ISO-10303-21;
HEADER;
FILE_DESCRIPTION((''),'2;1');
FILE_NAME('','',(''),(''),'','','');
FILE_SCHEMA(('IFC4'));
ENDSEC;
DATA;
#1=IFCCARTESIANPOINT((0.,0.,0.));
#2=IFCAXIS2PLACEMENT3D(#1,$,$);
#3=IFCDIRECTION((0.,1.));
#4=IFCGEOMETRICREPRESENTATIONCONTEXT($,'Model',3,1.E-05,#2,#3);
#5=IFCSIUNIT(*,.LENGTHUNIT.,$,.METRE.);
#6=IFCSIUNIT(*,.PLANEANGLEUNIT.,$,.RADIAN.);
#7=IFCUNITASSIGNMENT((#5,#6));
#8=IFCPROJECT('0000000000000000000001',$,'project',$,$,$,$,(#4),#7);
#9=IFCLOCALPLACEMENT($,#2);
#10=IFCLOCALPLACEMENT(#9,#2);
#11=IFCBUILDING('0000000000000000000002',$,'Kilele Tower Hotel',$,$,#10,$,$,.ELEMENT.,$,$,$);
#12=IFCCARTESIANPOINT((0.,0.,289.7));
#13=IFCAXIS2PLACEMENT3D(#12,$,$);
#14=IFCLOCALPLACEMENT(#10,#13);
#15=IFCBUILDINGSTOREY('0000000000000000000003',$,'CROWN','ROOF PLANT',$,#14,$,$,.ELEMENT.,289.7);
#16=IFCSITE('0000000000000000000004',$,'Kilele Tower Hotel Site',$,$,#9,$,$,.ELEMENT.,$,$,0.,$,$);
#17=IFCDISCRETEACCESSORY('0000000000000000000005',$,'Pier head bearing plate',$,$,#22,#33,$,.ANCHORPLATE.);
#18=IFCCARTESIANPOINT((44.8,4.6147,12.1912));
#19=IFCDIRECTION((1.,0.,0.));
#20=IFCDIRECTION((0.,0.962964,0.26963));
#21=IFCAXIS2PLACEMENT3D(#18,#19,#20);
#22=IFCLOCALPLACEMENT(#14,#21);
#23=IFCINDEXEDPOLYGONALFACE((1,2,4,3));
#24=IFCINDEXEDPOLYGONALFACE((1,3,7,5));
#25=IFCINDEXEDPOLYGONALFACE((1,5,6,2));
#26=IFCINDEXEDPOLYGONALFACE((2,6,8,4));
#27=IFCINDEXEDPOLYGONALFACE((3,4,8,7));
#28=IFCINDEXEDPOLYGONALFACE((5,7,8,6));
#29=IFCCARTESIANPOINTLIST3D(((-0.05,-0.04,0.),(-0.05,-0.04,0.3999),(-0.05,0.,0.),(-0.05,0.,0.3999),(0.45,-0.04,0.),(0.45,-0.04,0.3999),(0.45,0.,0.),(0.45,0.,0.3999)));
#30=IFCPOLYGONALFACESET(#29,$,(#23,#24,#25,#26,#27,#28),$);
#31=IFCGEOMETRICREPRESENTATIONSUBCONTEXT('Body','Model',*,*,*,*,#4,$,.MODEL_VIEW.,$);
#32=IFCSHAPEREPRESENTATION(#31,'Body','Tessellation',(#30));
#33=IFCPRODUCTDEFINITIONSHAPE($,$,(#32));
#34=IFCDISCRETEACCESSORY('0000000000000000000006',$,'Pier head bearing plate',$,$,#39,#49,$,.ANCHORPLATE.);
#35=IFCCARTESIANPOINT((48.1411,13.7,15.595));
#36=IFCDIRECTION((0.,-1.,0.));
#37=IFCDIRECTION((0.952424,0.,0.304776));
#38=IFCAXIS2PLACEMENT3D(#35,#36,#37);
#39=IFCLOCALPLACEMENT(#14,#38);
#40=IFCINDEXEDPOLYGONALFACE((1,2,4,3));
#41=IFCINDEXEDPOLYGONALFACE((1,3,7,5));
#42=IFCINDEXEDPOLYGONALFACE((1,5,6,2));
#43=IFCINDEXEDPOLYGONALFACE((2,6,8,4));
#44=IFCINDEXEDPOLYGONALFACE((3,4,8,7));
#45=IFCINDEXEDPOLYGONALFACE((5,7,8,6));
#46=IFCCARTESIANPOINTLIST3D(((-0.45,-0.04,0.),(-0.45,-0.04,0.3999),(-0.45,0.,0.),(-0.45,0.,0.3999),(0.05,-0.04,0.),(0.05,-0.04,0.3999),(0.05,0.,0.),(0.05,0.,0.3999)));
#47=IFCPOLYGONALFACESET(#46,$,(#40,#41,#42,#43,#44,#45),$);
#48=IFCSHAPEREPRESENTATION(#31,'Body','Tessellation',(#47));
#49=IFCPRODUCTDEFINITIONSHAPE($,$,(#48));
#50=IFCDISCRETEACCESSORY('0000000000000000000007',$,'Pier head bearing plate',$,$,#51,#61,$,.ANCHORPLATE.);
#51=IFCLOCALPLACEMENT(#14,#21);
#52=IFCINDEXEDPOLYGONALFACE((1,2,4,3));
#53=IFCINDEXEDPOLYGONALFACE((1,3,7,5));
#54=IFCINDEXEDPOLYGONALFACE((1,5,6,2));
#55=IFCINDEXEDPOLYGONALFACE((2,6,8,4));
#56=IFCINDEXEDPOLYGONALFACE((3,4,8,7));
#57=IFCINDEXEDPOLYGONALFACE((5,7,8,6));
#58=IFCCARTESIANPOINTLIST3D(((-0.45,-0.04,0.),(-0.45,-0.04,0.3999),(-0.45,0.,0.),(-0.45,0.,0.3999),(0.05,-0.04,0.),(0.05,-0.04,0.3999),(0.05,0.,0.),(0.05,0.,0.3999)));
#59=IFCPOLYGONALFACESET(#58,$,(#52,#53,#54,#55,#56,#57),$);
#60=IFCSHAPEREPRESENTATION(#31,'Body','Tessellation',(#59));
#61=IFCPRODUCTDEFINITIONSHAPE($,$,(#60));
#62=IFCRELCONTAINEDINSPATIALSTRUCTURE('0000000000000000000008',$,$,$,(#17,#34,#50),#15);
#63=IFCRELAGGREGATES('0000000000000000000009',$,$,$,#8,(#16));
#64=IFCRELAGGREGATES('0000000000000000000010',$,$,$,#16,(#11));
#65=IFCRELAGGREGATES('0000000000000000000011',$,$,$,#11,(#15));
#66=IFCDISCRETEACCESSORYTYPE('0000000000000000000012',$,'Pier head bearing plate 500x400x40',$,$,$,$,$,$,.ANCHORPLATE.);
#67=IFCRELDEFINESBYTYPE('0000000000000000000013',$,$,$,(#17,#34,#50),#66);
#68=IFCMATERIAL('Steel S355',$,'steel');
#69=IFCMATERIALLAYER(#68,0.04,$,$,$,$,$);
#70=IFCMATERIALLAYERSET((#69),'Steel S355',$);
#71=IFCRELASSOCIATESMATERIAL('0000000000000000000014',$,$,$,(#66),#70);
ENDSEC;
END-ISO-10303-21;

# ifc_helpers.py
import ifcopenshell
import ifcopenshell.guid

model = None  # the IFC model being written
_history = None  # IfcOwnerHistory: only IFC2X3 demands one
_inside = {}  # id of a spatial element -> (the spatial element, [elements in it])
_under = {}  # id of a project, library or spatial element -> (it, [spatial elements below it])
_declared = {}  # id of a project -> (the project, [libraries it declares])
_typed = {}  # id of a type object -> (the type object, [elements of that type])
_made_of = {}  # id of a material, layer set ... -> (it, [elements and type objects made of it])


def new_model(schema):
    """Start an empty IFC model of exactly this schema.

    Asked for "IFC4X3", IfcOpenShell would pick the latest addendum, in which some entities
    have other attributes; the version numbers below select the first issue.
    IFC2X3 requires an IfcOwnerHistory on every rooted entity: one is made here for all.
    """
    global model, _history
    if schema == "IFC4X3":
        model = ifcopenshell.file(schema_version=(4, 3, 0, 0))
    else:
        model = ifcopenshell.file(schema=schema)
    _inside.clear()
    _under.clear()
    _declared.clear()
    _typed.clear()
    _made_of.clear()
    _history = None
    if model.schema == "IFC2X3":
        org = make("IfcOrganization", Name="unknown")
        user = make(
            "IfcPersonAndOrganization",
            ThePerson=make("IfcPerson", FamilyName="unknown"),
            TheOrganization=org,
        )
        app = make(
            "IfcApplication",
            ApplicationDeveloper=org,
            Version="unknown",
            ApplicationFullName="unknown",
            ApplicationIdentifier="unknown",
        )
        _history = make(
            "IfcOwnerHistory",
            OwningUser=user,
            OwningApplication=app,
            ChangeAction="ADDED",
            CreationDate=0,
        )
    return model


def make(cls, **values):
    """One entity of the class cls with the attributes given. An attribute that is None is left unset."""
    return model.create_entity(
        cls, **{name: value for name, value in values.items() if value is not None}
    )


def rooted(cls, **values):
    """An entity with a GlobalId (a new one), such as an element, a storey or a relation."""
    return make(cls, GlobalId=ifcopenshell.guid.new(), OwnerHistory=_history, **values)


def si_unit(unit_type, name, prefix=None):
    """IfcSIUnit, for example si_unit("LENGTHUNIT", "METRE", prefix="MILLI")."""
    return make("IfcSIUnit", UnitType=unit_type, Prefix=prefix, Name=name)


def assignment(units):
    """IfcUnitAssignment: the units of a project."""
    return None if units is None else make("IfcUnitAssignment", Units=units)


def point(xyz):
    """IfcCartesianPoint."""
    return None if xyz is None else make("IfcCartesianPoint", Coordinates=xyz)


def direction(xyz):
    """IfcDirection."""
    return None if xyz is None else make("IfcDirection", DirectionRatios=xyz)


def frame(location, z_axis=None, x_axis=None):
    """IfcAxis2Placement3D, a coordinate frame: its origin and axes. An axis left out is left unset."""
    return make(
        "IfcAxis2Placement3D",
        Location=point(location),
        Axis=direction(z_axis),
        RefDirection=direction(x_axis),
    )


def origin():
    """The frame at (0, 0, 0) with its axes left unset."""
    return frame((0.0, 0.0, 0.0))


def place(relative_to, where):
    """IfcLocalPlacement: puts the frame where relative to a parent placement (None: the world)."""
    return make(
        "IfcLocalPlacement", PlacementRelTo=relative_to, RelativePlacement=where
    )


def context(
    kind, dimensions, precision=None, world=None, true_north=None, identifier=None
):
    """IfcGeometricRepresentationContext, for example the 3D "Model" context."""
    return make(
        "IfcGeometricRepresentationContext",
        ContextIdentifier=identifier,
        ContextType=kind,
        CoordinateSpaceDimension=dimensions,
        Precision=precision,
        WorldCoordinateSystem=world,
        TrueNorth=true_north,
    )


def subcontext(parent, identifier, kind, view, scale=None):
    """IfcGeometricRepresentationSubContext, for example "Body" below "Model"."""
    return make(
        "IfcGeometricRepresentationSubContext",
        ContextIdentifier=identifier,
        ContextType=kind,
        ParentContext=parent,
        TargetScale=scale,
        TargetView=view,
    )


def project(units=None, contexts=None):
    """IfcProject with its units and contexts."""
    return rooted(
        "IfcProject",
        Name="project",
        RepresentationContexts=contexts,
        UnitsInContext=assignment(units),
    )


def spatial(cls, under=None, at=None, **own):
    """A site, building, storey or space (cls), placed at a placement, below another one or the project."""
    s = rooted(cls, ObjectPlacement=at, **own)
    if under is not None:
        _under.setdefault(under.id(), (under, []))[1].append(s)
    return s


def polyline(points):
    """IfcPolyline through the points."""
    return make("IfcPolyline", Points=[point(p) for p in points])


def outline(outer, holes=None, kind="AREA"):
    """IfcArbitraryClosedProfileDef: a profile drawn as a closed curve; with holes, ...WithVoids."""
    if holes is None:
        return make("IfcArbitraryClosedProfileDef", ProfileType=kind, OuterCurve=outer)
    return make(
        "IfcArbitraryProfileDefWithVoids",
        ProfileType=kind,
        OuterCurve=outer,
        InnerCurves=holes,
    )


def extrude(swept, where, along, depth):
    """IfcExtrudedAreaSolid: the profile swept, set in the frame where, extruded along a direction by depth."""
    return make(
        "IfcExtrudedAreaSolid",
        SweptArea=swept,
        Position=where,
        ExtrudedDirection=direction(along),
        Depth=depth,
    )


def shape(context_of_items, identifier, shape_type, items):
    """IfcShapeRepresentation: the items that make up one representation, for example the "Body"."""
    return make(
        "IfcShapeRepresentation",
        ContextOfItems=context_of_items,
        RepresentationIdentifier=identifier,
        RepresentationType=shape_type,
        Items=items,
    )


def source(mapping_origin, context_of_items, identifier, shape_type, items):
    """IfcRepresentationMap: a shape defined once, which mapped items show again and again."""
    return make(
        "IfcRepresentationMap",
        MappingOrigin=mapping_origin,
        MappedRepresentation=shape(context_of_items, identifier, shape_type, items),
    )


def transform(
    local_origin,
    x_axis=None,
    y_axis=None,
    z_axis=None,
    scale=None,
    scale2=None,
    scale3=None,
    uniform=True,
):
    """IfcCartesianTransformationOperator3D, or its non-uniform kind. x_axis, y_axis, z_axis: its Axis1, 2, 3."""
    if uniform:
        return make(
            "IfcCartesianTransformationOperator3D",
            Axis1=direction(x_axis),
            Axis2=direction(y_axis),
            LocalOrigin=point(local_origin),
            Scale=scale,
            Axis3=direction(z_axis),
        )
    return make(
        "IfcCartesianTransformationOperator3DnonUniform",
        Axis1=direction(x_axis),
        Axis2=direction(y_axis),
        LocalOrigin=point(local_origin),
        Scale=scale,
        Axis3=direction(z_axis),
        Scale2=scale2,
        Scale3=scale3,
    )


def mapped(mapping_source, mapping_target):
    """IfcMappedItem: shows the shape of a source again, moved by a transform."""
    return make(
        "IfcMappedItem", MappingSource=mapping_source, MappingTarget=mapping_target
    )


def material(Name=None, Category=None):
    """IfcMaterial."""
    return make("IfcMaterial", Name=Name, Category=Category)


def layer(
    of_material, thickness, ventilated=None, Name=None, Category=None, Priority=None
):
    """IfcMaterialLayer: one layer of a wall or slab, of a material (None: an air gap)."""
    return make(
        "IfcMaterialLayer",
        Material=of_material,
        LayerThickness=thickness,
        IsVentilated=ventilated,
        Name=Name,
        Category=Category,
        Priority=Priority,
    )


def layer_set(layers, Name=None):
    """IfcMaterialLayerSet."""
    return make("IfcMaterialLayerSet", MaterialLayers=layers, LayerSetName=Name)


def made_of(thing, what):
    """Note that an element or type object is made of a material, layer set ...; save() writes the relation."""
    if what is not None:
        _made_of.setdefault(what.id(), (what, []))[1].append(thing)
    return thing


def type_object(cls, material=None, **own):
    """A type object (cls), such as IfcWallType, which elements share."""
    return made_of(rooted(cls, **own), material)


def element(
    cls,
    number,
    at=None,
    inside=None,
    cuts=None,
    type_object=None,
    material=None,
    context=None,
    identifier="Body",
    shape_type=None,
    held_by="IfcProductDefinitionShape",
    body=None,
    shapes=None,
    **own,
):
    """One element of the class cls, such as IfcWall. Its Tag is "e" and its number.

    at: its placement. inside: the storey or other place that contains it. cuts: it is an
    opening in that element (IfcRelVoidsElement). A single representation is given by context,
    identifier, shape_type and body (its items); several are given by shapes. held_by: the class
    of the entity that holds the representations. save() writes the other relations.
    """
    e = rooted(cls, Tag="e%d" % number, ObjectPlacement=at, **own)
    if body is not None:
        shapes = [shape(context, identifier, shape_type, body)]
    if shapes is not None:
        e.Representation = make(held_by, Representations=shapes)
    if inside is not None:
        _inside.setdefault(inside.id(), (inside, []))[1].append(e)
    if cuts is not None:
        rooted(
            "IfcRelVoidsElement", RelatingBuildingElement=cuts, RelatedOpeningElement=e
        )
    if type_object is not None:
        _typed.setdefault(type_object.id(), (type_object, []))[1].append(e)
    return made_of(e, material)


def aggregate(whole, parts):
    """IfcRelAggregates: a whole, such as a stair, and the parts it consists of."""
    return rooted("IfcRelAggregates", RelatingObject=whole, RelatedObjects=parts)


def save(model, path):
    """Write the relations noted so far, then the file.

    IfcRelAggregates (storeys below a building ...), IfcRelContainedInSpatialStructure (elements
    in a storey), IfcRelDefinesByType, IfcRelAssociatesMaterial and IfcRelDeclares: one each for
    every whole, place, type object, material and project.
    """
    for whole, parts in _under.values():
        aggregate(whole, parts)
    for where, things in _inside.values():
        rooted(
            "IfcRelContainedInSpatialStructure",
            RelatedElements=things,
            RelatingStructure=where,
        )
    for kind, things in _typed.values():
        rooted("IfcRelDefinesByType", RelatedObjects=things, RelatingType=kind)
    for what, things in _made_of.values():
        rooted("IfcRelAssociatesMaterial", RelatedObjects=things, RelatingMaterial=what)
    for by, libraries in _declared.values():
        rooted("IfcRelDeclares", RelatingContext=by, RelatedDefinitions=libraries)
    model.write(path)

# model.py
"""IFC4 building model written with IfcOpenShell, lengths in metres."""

from ifc_helpers import new_model, si_unit, direction, frame, origin, place, context, subcontext, project, spatial, polyline, outline, extrude, source, transform, mapped, material, layer, layer_set, type_object, element, save


model = new_model("IFC4")

# Units and contexts
model_context = context("Model", 3, precision=1e-05, world=origin(), true_north=direction((0.0, 1.0)))
body_context = subcontext(model_context, "Body", "Model", "MODEL_VIEW")
ifc_project = project(units=[si_unit("LENGTHUNIT", "METRE"), si_unit("PLANEANGLEUNIT", "RADIAN")], contexts=[model_context])

# Site, building, storey
site_placement = place(None, origin())
site = spatial("IfcSite", under=ifc_project, at=site_placement, Name="Kilele Tower Hotel Site", CompositionType="ELEMENT", RefElevation=0.0)
building_placement = place(site_placement, origin())
building = spatial("IfcBuilding", under=site, at=building_placement, Name="Kilele Tower Hotel", CompositionType="ELEMENT")
storey_placement = place(building_placement, frame((0.0, 0.0, 289.7)))
storey = spatial("IfcBuildingStorey", under=building, at=storey_placement, Name="CROWN", Description="ROOF PLANT", CompositionType="ELEMENT", Elevation=289.7)

# Discrete accessories
ifc_material_1 = material(Name="Steel S355", Category="steel")
ifc_layer = layer(ifc_material_1, 0.04)
ifc_layer_set = layer_set([ifc_layer], Name="Steel S355")
discrete_accessory_type = type_object("IfcDiscreteAccessoryType", Name="Pier head bearing plate 500x400x40", PredefinedType="ANCHORPLATE", material=ifc_layer_set)
shared_shape_1 = source(origin(), body_context, "Body", "SweptSolid", [
    extrude(outline(polyline([(-0.05, -0.04), (0.45, -0.04), (0.45, 0.0), (-0.05, 0.0), (-0.05, -0.04)])), origin(), (0.0, 0.0, 1.0), 0.3999),
])
discrete_accessory_placement = place(storey_placement, frame((44.8, 4.6147, 12.1912), z_axis=(1.0, 0.0, 0.0), x_axis=(0.0, 0.962964, 0.26963)))
element("IfcDiscreteAccessory", 1, at=discrete_accessory_placement, inside=storey, type_object=discrete_accessory_type, Name="Pier head bearing plate", PredefinedType="ANCHORPLATE", context=body_context, shape_type="MappedRepresentation", body=[
    mapped(shared_shape_1, transform((0.0, 0.0, 0.0))),
])
shared_shape_2 = source(origin(), body_context, "Body", "SweptSolid", [
    extrude(outline(polyline([(-0.45, -0.04), (0.05, -0.04), (0.05, 0.0), (-0.45, 0.0), (-0.45, -0.04)])), origin(), (0.0, 0.0, 1.0), 0.3999),
])
for number, where, z_axis, x_axis, name in (
    (2, (48.1411, 13.7, 15.595), (0.0, -1.0, 0.0), (0.952424, 0.0, 0.304776), "Pier head bearing plate"),
    (3, (44.8, 4.6147, 12.1912), (1.0, 0.0, 0.0), (0.0, 0.962964, 0.26963), "Pier head bearing plate"),
):
    element("IfcDiscreteAccessory", number, at=place(storey_placement, frame(where, z_axis=z_axis, x_axis=x_axis)), inside=storey, type_object=discrete_accessory_type, Name=name, PredefinedType="ANCHORPLATE", context=body_context, shape_type="MappedRepresentation", body=[
        mapped(shared_shape_2, transform((0.0, 0.0, 0.0))),
    ])

save(model, "model.ifc")
